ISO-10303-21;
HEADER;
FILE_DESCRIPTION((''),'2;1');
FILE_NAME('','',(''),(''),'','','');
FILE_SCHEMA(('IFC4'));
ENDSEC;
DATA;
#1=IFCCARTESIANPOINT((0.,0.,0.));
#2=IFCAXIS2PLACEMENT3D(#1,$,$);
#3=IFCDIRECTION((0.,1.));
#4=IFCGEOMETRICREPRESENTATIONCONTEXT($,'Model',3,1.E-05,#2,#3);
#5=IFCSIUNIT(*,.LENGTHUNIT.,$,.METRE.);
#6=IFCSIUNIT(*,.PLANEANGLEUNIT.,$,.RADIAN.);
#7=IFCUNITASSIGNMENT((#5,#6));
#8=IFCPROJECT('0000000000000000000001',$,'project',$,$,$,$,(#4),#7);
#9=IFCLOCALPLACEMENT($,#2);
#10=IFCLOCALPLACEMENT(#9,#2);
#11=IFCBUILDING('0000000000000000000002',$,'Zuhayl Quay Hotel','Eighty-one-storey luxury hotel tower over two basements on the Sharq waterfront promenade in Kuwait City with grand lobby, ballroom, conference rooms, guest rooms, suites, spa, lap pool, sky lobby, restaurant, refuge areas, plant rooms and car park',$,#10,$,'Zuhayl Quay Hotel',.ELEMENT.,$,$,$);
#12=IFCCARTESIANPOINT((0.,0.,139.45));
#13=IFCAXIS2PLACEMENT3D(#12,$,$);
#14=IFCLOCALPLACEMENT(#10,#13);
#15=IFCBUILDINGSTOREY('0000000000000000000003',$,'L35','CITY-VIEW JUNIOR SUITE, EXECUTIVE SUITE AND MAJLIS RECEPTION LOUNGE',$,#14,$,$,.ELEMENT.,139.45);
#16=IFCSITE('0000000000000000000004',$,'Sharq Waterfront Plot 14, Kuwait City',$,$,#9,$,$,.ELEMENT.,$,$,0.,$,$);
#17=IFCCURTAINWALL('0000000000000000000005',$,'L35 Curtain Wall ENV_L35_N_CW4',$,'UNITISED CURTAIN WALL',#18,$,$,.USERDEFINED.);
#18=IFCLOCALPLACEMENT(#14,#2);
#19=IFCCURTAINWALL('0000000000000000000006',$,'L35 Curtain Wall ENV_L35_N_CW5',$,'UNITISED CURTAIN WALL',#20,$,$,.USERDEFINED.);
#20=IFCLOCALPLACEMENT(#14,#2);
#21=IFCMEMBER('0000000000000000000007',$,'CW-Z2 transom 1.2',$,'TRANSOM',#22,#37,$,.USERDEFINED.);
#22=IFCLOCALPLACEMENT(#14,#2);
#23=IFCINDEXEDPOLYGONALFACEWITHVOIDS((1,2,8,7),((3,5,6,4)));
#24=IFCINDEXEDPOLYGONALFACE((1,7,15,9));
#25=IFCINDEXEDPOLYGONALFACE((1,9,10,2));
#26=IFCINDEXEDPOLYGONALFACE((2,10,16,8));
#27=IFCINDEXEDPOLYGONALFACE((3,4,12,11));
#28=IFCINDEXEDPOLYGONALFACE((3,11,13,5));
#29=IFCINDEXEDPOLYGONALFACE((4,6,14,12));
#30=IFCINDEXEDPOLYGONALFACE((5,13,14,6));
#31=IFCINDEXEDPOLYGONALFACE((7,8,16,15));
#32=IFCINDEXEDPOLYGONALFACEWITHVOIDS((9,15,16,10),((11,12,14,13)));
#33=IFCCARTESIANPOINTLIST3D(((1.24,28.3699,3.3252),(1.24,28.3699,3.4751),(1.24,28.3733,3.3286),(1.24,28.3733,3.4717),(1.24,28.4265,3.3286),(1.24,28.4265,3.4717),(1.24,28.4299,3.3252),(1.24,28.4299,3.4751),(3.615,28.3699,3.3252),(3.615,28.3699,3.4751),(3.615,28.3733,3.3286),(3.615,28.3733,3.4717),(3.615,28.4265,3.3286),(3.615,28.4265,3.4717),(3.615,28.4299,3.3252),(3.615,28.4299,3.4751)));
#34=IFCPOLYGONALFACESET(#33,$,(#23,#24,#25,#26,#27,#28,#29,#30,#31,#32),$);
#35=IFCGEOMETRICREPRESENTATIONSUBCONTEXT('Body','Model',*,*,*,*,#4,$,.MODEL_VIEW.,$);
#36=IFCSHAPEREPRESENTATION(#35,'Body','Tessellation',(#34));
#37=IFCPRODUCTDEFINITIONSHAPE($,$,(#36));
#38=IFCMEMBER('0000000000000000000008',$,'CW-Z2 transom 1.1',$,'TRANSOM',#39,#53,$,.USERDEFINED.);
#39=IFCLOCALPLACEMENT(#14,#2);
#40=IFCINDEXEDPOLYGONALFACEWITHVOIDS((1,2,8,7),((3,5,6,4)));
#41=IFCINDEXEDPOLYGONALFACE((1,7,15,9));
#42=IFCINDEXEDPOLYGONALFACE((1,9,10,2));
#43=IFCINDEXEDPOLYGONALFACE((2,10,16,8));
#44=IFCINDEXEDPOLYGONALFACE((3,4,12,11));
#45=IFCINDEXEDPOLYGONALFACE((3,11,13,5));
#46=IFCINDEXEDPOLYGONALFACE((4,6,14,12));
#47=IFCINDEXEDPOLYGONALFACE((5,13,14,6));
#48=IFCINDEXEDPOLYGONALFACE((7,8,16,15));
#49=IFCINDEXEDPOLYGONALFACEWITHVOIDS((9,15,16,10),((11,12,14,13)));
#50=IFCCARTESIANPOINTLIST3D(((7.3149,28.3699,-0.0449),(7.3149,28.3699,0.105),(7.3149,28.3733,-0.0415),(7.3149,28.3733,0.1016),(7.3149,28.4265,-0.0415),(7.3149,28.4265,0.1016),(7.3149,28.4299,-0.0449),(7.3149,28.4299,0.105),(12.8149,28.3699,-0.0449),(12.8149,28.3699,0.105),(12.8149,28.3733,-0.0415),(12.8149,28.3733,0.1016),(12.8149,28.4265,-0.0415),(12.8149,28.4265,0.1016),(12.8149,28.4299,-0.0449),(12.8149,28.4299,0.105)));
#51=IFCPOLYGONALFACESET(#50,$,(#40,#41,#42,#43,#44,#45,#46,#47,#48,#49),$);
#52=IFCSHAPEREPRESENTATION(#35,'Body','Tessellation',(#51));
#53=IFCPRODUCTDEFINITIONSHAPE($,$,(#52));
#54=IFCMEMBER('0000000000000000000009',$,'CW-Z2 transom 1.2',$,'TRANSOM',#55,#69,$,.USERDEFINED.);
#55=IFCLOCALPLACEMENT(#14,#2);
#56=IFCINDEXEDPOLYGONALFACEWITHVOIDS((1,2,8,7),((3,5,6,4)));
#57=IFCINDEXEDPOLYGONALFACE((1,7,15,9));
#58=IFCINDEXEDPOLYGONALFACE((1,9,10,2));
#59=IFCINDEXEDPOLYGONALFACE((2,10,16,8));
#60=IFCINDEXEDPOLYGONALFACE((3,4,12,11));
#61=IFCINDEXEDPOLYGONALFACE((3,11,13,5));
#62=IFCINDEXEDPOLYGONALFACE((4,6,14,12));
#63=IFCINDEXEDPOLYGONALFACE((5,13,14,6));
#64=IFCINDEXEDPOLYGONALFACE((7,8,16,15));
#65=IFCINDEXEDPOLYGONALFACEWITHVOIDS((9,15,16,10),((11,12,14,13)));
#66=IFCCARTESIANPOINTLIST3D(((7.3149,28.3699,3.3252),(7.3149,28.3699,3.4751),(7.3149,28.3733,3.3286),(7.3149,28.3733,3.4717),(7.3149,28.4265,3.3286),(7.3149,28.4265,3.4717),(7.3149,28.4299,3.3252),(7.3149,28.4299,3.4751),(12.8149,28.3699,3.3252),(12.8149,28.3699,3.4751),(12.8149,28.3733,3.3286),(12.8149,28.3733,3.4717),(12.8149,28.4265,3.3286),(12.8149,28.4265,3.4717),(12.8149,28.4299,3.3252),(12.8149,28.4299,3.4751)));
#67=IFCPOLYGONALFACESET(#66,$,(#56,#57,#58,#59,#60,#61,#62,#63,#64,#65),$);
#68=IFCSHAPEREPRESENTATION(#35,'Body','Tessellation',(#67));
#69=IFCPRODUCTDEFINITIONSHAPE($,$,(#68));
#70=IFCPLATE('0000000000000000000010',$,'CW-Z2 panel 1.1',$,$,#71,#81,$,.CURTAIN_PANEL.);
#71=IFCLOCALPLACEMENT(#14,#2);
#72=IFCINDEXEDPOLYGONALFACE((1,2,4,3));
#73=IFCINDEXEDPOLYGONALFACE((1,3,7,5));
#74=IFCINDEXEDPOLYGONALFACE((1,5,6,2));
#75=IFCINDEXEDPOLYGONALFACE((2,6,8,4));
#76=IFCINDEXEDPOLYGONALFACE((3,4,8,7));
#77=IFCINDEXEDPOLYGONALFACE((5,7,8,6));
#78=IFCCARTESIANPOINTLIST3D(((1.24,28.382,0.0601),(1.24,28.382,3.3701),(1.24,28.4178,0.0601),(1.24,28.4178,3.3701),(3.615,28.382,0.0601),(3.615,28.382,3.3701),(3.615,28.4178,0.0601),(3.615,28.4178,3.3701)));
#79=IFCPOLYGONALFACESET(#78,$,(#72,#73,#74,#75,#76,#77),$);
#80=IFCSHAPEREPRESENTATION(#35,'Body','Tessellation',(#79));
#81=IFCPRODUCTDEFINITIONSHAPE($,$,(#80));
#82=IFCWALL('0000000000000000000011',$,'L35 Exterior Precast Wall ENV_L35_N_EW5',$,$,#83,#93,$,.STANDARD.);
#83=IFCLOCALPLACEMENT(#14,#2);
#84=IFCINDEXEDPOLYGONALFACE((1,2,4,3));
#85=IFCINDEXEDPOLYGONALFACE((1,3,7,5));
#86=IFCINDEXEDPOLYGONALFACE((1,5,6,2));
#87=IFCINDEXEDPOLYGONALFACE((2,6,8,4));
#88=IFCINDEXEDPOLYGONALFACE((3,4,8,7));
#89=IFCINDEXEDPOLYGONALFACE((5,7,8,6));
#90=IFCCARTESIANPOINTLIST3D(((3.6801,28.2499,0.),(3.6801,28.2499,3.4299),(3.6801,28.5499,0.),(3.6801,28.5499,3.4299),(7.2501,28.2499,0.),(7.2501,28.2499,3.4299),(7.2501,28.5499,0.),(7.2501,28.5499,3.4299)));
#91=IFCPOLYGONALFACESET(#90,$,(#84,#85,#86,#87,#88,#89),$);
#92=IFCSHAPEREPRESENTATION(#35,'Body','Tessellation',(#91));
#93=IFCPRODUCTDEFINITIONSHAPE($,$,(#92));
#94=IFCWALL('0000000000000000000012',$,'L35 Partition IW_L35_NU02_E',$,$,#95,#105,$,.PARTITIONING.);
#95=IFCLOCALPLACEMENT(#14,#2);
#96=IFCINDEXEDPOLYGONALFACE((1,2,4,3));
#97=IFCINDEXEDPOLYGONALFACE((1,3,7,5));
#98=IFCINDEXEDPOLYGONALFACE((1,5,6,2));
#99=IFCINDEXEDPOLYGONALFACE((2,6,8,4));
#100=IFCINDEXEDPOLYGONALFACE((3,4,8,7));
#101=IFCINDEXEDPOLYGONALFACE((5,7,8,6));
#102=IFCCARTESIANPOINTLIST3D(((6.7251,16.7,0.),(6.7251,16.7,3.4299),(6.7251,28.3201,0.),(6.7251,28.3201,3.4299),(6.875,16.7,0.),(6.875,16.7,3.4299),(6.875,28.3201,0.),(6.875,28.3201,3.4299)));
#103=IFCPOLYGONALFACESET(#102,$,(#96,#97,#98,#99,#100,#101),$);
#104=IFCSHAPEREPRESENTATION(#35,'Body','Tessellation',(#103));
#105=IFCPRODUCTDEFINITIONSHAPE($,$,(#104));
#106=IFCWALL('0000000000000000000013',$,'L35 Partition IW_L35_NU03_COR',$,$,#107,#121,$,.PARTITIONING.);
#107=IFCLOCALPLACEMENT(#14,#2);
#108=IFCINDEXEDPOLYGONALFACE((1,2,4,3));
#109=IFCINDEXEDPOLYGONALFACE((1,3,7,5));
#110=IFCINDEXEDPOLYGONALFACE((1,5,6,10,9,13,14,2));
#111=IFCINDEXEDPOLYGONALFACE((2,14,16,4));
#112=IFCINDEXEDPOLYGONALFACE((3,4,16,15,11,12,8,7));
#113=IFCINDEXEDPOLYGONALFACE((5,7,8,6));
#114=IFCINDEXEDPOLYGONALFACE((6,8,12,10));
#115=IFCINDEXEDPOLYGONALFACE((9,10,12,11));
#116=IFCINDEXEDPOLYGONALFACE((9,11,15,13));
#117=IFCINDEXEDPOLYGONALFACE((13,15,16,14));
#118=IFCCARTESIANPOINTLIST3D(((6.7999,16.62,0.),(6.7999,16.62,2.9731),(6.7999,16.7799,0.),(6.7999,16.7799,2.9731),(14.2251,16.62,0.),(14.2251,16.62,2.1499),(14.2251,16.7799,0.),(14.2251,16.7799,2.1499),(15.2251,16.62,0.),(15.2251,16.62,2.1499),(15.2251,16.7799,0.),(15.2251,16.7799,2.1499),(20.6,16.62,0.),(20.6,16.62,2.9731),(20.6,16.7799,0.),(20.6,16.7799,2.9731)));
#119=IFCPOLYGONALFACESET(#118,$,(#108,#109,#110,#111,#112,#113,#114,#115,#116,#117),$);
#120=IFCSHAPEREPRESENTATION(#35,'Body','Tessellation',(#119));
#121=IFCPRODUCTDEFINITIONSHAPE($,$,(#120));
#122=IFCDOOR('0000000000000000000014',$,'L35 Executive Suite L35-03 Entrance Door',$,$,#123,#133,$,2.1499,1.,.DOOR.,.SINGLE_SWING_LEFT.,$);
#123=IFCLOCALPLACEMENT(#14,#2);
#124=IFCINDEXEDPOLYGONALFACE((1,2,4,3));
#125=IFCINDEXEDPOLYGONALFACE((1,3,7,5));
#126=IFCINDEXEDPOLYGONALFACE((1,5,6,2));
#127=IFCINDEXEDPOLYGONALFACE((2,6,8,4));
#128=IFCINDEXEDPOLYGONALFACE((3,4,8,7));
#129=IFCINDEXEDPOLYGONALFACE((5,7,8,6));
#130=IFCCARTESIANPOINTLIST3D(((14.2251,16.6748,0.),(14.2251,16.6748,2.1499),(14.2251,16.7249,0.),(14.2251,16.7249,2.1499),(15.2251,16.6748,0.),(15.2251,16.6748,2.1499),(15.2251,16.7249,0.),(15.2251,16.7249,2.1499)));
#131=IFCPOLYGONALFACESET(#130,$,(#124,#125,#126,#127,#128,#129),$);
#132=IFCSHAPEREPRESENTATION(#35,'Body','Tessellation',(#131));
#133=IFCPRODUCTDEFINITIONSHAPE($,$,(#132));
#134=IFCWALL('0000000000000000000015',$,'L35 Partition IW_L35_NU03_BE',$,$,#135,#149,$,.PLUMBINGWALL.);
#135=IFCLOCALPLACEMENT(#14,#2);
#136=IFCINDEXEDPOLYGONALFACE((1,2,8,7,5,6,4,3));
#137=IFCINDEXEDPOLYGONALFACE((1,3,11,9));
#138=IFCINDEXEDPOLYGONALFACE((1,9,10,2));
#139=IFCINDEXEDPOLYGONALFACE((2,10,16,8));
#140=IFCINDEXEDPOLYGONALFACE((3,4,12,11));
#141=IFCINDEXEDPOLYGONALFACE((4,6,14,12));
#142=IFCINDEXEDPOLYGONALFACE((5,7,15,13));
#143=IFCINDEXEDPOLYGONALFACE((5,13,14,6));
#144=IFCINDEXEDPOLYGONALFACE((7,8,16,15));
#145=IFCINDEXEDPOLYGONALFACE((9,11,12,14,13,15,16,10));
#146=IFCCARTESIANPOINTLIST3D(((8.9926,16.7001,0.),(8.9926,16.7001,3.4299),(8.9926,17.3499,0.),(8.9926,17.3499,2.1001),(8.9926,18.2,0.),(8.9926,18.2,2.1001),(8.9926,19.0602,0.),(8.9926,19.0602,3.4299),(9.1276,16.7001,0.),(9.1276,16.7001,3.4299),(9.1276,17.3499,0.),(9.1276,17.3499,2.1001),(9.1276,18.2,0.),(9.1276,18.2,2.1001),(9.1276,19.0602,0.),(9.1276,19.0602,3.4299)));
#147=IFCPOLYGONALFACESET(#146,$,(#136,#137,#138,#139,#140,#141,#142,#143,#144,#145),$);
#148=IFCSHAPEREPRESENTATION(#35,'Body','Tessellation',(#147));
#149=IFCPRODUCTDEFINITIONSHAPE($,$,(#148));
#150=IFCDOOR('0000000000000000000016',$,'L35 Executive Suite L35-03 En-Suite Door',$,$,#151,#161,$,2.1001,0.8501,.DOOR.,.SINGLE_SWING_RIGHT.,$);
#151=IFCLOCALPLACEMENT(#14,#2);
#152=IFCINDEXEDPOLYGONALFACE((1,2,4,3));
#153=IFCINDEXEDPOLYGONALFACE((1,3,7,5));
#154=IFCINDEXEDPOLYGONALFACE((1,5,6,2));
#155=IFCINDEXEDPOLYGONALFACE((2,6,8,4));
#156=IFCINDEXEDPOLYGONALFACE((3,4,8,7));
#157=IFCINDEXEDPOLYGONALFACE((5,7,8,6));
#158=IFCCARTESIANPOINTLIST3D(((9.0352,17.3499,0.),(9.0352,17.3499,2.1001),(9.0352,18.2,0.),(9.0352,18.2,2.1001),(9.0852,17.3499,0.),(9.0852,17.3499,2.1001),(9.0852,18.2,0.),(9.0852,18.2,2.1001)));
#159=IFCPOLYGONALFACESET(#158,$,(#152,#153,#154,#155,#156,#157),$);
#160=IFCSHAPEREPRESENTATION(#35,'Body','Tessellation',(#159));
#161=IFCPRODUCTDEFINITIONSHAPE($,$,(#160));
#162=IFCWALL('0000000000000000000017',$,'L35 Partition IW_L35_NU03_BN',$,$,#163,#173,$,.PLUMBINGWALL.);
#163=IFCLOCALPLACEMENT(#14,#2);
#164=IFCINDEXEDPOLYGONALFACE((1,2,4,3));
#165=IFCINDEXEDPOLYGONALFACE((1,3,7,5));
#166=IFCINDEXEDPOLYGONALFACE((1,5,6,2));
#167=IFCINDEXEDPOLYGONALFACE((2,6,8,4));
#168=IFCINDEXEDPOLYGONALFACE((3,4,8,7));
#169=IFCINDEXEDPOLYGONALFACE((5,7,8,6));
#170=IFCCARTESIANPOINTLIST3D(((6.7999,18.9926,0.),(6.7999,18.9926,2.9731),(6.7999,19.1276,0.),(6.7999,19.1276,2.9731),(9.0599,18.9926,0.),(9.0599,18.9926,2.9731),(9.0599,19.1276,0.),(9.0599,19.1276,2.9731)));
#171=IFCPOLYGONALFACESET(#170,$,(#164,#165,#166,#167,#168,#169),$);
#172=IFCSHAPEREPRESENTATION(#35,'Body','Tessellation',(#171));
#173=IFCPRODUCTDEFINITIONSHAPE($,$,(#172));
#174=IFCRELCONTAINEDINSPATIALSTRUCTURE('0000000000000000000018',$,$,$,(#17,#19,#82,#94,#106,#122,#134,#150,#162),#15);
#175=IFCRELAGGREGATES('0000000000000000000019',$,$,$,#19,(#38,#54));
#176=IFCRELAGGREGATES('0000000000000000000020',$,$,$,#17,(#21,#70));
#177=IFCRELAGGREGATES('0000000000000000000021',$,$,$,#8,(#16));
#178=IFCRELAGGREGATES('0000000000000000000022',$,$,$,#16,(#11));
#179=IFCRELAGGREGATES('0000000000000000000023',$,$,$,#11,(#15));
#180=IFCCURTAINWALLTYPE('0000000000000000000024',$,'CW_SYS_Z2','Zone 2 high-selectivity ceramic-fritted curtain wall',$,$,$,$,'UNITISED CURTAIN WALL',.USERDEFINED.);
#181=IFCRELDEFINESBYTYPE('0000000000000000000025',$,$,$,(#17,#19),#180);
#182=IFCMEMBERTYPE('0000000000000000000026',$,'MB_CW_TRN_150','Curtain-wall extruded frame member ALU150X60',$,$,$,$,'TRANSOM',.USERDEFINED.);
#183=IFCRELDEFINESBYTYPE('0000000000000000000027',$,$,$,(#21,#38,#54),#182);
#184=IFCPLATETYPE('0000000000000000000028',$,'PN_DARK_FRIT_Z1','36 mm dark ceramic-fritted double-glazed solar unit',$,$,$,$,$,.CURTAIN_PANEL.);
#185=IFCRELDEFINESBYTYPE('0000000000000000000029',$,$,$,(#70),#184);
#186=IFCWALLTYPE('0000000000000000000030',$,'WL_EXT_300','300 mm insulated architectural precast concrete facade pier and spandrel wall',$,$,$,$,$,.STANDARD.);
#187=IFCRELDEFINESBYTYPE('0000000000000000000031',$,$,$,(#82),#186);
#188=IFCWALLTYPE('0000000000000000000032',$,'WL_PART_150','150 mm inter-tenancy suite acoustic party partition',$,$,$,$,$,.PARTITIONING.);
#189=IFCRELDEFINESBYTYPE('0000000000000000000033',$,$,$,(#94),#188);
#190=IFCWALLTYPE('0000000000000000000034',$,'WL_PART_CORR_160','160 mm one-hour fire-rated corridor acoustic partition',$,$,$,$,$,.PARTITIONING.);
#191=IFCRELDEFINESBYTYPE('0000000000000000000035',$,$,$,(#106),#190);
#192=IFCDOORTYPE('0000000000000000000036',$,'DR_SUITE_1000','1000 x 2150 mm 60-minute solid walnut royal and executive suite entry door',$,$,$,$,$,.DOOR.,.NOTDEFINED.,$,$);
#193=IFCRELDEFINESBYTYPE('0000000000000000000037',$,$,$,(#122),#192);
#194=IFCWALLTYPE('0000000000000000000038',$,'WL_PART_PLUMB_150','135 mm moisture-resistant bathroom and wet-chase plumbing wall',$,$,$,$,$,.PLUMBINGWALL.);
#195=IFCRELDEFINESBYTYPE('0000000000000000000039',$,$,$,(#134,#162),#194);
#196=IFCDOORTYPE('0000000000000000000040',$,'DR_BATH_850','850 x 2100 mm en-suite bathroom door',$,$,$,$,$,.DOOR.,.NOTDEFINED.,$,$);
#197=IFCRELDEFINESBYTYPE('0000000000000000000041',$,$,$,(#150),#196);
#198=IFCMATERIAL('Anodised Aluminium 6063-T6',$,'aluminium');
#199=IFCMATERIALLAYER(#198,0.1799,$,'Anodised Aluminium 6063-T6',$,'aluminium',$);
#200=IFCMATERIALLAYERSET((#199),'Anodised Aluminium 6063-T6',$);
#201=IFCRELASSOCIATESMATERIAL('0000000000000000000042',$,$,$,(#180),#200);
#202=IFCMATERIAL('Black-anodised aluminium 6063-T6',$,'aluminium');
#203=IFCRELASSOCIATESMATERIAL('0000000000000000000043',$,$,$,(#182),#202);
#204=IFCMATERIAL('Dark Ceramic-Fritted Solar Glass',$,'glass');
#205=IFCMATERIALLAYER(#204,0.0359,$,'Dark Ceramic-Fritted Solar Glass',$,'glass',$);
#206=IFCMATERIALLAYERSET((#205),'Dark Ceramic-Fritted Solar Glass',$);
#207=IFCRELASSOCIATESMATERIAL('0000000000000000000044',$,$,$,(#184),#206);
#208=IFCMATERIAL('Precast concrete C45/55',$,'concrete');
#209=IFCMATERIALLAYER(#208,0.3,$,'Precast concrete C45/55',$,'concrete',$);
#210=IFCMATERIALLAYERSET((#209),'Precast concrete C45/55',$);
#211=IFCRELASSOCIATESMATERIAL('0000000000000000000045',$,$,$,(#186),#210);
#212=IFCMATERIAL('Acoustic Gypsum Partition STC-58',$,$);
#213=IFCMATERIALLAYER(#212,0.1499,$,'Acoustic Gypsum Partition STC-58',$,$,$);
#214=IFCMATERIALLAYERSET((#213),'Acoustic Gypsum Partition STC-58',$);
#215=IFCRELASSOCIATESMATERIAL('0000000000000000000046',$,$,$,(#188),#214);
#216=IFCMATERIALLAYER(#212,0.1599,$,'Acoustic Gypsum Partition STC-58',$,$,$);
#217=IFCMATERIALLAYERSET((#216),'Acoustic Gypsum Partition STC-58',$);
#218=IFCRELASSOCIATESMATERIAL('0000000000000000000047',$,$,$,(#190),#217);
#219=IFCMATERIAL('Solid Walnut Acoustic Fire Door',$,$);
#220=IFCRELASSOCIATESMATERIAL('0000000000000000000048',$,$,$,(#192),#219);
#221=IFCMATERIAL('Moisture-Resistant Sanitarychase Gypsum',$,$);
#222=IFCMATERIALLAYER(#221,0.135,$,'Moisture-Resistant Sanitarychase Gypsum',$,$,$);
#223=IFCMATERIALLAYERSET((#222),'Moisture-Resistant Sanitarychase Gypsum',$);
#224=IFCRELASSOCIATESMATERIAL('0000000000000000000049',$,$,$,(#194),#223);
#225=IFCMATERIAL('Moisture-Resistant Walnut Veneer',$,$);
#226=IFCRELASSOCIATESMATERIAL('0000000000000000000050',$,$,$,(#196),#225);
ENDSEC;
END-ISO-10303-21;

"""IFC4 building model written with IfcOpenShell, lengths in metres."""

from ifc_helpers import new_model, si_unit, direction, frame, frame_2d, origin, origin_2d, place, context, subcontext, project, spatial, rectangle, hollow_rectangle, extrude, material, layer, layer_set, material_profile, profile_set, type_object, element, fill, aggregate, save


model = new_model("IFC4")

# Units and contexts
model_context = context("Model", 3, precision=1e-05, world=origin(), true_north=direction((0.0, 1.0)))
body_context = subcontext(model_context, "Body", "Model", "MODEL_VIEW")
ifc_project = project(units=[si_unit("LENGTHUNIT", "METRE"), si_unit("PLANEANGLEUNIT", "RADIAN")], contexts=[model_context])

# Site, building, storey
site_placement = place(None, origin())
site = spatial("IfcSite", under=ifc_project, at=site_placement, Name="Sharq Waterfront Plot 14, Kuwait City", CompositionType="ELEMENT", RefElevation=0.0)
building_placement = place(site_placement, origin())
building = spatial("IfcBuilding", under=site, at=building_placement, Name="Zuhayl Quay Hotel", Description="Eighty-one-storey luxury hotel tower over two basements on the Sharq waterfront promenade in Kuwait City with grand lobby, ballroom, conference rooms, guest rooms, suites, spa, lap pool, sky lobby, restaurant, refuge areas, plant rooms and car park", LongName="Zuhayl Quay Hotel", CompositionType="ELEMENT")
storey_placement = place(building_placement, frame((0.0, 0.0, 139.45)))
storey = spatial("IfcBuildingStorey", under=building, at=storey_placement, Name="L35", Description="CITY-VIEW JUNIOR SUITE, EXECUTIVE SUITE AND MAJLIS RECEPTION LOUNGE", CompositionType="ELEMENT", Elevation=139.45)

# Curtain wall
ifc_material_1 = material(Name="Anodised Aluminium 6063-T6", Category="aluminium")
ifc_layer_1 = layer(ifc_material_1, 0.1799, Name="Anodised Aluminium 6063-T6", Category="aluminium")
ifc_layer_set_1 = layer_set([ifc_layer_1], Name="Anodised Aluminium 6063-T6")
curtain_wall_type = type_object("IfcCurtainWallType", Name="CW_SYS_Z2", Description="Zone 2 high-selectivity ceramic-fritted curtain wall", ElementType="UNITISED CURTAIN WALL", PredefinedType="USERDEFINED", material=ifc_layer_set_1)
curtain_wall_1_placement = place(storey_placement, origin())
curtain_wall_1 = element("IfcCurtainWall", 1, at=curtain_wall_1_placement, inside=storey, type_object=curtain_wall_type, Name="L35 Curtain Wall ENV_L35_N_CW4", ObjectType="UNITISED CURTAIN WALL", PredefinedType="USERDEFINED")
ifc_material_2 = material(Name="Black-anodised aluminium 6063-T6", Category="aluminium")

# Curtain wall
curtain_wall_2_placement = place(storey_placement, origin())
curtain_wall_2 = element("IfcCurtainWall", 2, at=curtain_wall_2_placement, inside=storey, type_object=curtain_wall_type, Name="L35 Curtain Wall ENV_L35_N_CW5", ObjectType="UNITISED CURTAIN WALL", PredefinedType="USERDEFINED")

# Members
ifc_material_profile_1 = material_profile(ifc_material_2, hollow_rectangle(XDim=0.0601, YDim=0.1499, WallThickness=0.0034, at=origin_2d()), Name="ALU150X60")
ifc_profile_set_1 = profile_set([ifc_material_profile_1], Name="Black-anodised aluminium 6063-T6")
member_type_1 = type_object("IfcMemberType", Name="MB_CW_TRN_150", Description="Curtain-wall extruded frame member ALU150X60", ElementType="TRANSOM", PredefinedType="USERDEFINED", material=ifc_profile_set_1)
member_1_placement = place(storey_placement, frame((1.24, 28.3999, 3.4001), z_axis=(1.0, 0.0, 0.0), x_axis=(0.0, 1.0, 0.0)))
member_1 = element("IfcMember", 3, at=member_1_placement, type_object=member_type_1, Name="CW-Z2 transom 1.2", ObjectType="TRANSOM", PredefinedType="USERDEFINED", context=body_context, shape_type="SweptSolid", body=[
    extrude(hollow_rectangle(XDim=0.0601, YDim=0.1499, WallThickness=0.0034, at=origin_2d()), origin(), (0.0, 0.0, 1.0), 2.375),
])
member_2_placement = place(storey_placement, frame((7.3149, 28.3999, 0.03), z_axis=(1.0, 0.0, 0.0), x_axis=(0.0, 1.0, 0.0)))
member_2 = element("IfcMember", 4, at=member_2_placement, type_object=member_type_1, Name="CW-Z2 transom 1.1", ObjectType="TRANSOM", PredefinedType="USERDEFINED", context=body_context, shape_type="SweptSolid", body=[
    extrude(hollow_rectangle(XDim=0.0601, YDim=0.1499, WallThickness=0.0034, at=origin_2d()), origin(), (0.0, 0.0, 1.0), 5.5),
])
member_3_placement = place(storey_placement, frame((7.3149, 28.3999, 3.4001), z_axis=(1.0, 0.0, 0.0), x_axis=(0.0, 1.0, 0.0)))
member_3 = element("IfcMember", 5, at=member_3_placement, type_object=member_type_1, Name="CW-Z2 transom 1.2", ObjectType="TRANSOM", PredefinedType="USERDEFINED", context=body_context, shape_type="SweptSolid", body=[
    extrude(hollow_rectangle(XDim=0.0601, YDim=0.1499, WallThickness=0.0034, at=origin_2d()), origin(), (0.0, 0.0, 1.0), 5.5),
])
aggregate(curtain_wall_2, [member_2, member_3])

# Plate
ifc_material_3 = material(Name="Dark Ceramic-Fritted Solar Glass", Category="glass")
ifc_layer_2 = layer(ifc_material_3, 0.0359, Name="Dark Ceramic-Fritted Solar Glass", Category="glass")
ifc_layer_set_2 = layer_set([ifc_layer_2], Name="Dark Ceramic-Fritted Solar Glass")
plate_type = type_object("IfcPlateType", Name="PN_DARK_FRIT_Z1", Description="36 mm dark ceramic-fritted double-glazed solar unit", PredefinedType="CURTAIN_PANEL", material=ifc_layer_set_2)
plate_placement = place(storey_placement, frame((2.4275, 28.3999, 0.0601), z_axis=(0.0, 0.0, 1.0), x_axis=(1.0, 0.0, 0.0)))
plate = element("IfcPlate", 6, at=plate_placement, type_object=plate_type, Name="CW-Z2 panel 1.1", PredefinedType="CURTAIN_PANEL", context=body_context, shape_type="SweptSolid", body=[
    extrude(rectangle(XDim=2.375, YDim=0.0359, at=origin_2d()), origin(), (0.0, 0.0, 1.0), 3.3101),
])
aggregate(curtain_wall_1, [member_1, plate])

# Walls
ifc_material_4 = material(Name="Precast concrete C45/55", Category="concrete")
ifc_layer_3 = layer(ifc_material_4, 0.3, Name="Precast concrete C45/55", Category="concrete")
ifc_layer_set_3 = layer_set([ifc_layer_3], Name="Precast concrete C45/55")
wall_type_1 = type_object("IfcWallType", Name="WL_EXT_300", Description="300 mm insulated architectural precast concrete facade pier and spandrel wall", PredefinedType="STANDARD", material=ifc_layer_set_3)
wall_1_placement = place(storey_placement, frame((3.6799, 28.3999, 0.0), z_axis=(0.0, 0.0, 1.0), x_axis=(1.0, 0.0, 0.0)))
element("IfcWall", 7, at=wall_1_placement, inside=storey, type_object=wall_type_1, Name="L35 Exterior Precast Wall ENV_L35_N_EW5", PredefinedType="STANDARD", context=body_context, shape_type="SweptSolid", body=[
    extrude(rectangle(XDim=3.5701, YDim=0.3, at=frame_2d((1.7852, 0.0))), origin(), (0.0, 0.0, 1.0), 3.4299),
])
ifc_material_5 = material(Name="Acoustic Gypsum Partition STC-58")
ifc_layer_4 = layer(ifc_material_5, 0.1499, Name="Acoustic Gypsum Partition STC-58")
ifc_layer_set_4 = layer_set([ifc_layer_4], Name="Acoustic Gypsum Partition STC-58")
wall_type_2 = type_object("IfcWallType", Name="WL_PART_150", Description="150 mm inter-tenancy suite acoustic party partition", PredefinedType="PARTITIONING", material=ifc_layer_set_4)
wall_2_placement = place(storey_placement, frame((6.8, 16.7, 0.0), z_axis=(0.0, 0.0, 1.0), x_axis=(0.0, 1.0, 0.0)))
element("IfcWall", 8, at=wall_2_placement, inside=storey, type_object=wall_type_2, Name="L35 Partition IW_L35_NU02_E", PredefinedType="PARTITIONING", context=body_context, shape_type="SweptSolid", body=[
    extrude(rectangle(XDim=11.6201, YDim=0.1499, at=frame_2d((5.8101, 0.0))), origin(), (0.0, 0.0, 1.0), 3.4299),
])

# Walls, openings, doors
ifc_layer_5 = layer(ifc_material_5, 0.1599, Name="Acoustic Gypsum Partition STC-58")
ifc_layer_set_5 = layer_set([ifc_layer_5], Name="Acoustic Gypsum Partition STC-58")
wall_type_3 = type_object("IfcWallType", Name="WL_PART_CORR_160", Description="160 mm one-hour fire-rated corridor acoustic partition", PredefinedType="PARTITIONING", material=ifc_layer_set_5)
wall_3_placement = place(storey_placement, frame((6.8, 16.7, 0.0), z_axis=(0.0, 0.0, 1.0), x_axis=(1.0, 0.0, 0.0)))
wall_3 = element("IfcWall", 9, at=wall_3_placement, inside=storey, type_object=wall_type_3, Name="L35 Partition IW_L35_NU03_COR", PredefinedType="PARTITIONING", context=body_context, shape_type="SweptSolid", body=[
    extrude(rectangle(XDim=13.8, YDim=0.1599, at=frame_2d((6.8999, 0.0))), origin(), (0.0, 0.0, 1.0), 2.9731),
])
opening_1_placement = place(wall_3_placement, frame((7.425, 0.0, 0.0)))
opening_1 = element("IfcOpeningElement", 10, at=opening_1_placement, cuts=wall_3, PredefinedType="OPENING", context=body_context, shape_type="SweptSolid", body=[
    extrude(rectangle(XDim=1.0, YDim=2.1499, at=frame_2d((0.5, 1.075))), frame((0.0, 0.0898, 0.0), z_axis=(0.0, -1.0, 0.0), x_axis=(1.0, 0.0, 0.0)), (0.0, 0.0, 1.0), 0.1799),
])
ifc_material_6 = material(Name="Solid Walnut Acoustic Fire Door")
door_type_1 = type_object("IfcDoorType", Name="DR_SUITE_1000", Description="1000 x 2150 mm 60-minute solid walnut royal and executive suite entry door", OperationType="NOTDEFINED", PredefinedType="DOOR", material=ifc_material_6)
door_1_placement = place(opening_1_placement, origin())
door_1 = element("IfcDoor", 11, at=door_1_placement, inside=storey, type_object=door_type_1, Name="L35 Executive Suite L35-03 Entrance Door", OperationType="SINGLE_SWING_LEFT", OverallHeight=2.1499, OverallWidth=1.0, PredefinedType="DOOR", context=body_context, shape_type="SweptSolid", body=[
    extrude(rectangle(XDim=1.0, YDim=2.1499, at=frame_2d((0.5, 1.075))), frame((0.0, 0.0249, 0.0), z_axis=(0.0, -1.0, 0.0), x_axis=(1.0, 0.0, 0.0)), (0.0, 0.0, 1.0), 0.05),
])
fill(opening_1, door_1)
ifc_material_7 = material(Name="Moisture-Resistant Sanitarychase Gypsum")
ifc_layer_6 = layer(ifc_material_7, 0.135, Name="Moisture-Resistant Sanitarychase Gypsum")
ifc_layer_set_6 = layer_set([ifc_layer_6], Name="Moisture-Resistant Sanitarychase Gypsum")
wall_type_4 = type_object("IfcWallType", Name="WL_PART_PLUMB_150", Description="135 mm moisture-resistant bathroom and wet-chase plumbing wall", PredefinedType="PLUMBINGWALL", material=ifc_layer_set_6)
wall_4_placement = place(storey_placement, frame((9.0601, 16.7, 0.0), z_axis=(0.0, 0.0, 1.0), x_axis=(0.0, 1.0, 0.0)))
wall_4 = element("IfcWall", 12, at=wall_4_placement, inside=storey, type_object=wall_type_4, Name="L35 Partition IW_L35_NU03_BE", PredefinedType="PLUMBINGWALL", context=body_context, shape_type="SweptSolid", body=[
    extrude(rectangle(XDim=2.3601, YDim=0.135, at=frame_2d((1.1802, 0.0))), origin(), (0.0, 0.0, 1.0), 3.4299),
])
opening_2_placement = place(wall_4_placement, frame((0.6499, 0.0, 0.0)))
opening_2 = element("IfcOpeningElement", 13, at=opening_2_placement, cuts=wall_4, PredefinedType="OPENING", context=body_context, shape_type="SweptSolid", body=[
    extrude(rectangle(XDim=0.8501, YDim=2.1001, at=frame_2d((0.425, 1.05))), frame((0.0, 0.0774, 0.0), z_axis=(0.0, -1.0, 0.0), x_axis=(1.0, 0.0, 0.0)), (0.0, 0.0, 1.0), 0.155),
])
ifc_material_8 = material(Name="Moisture-Resistant Walnut Veneer")
door_type_2 = type_object("IfcDoorType", Name="DR_BATH_850", Description="850 x 2100 mm en-suite bathroom door", OperationType="NOTDEFINED", PredefinedType="DOOR", material=ifc_material_8)
door_2_placement = place(opening_2_placement, origin())
door_2 = element("IfcDoor", 14, at=door_2_placement, inside=storey, type_object=door_type_2, Name="L35 Executive Suite L35-03 En-Suite Door", OperationType="SINGLE_SWING_RIGHT", OverallHeight=2.1001, OverallWidth=0.8501, PredefinedType="DOOR", context=body_context, shape_type="SweptSolid", body=[
    extrude(rectangle(XDim=0.8501, YDim=2.1001, at=frame_2d((0.425, 1.05))), frame((0.0, 0.0249, 0.0), z_axis=(0.0, -1.0, 0.0), x_axis=(1.0, 0.0, 0.0)), (0.0, 0.0, 1.0), 0.05),
])
fill(opening_2, door_2)

# Wall
wall_5_placement = place(storey_placement, frame((6.8, 19.0601, 0.0), z_axis=(0.0, 0.0, 1.0), x_axis=(1.0, 0.0, 0.0)))
element("IfcWall", 15, at=wall_5_placement, inside=storey, type_object=wall_type_4, Name="L35 Partition IW_L35_NU03_BN", PredefinedType="PLUMBINGWALL", context=body_context, shape_type="SweptSolid", body=[
    extrude(rectangle(XDim=2.26, YDim=0.135, at=frame_2d((1.1299, 0.0))), origin(), (0.0, 0.0, 1.0), 2.9731),
])

save(model, "model.ifc")
